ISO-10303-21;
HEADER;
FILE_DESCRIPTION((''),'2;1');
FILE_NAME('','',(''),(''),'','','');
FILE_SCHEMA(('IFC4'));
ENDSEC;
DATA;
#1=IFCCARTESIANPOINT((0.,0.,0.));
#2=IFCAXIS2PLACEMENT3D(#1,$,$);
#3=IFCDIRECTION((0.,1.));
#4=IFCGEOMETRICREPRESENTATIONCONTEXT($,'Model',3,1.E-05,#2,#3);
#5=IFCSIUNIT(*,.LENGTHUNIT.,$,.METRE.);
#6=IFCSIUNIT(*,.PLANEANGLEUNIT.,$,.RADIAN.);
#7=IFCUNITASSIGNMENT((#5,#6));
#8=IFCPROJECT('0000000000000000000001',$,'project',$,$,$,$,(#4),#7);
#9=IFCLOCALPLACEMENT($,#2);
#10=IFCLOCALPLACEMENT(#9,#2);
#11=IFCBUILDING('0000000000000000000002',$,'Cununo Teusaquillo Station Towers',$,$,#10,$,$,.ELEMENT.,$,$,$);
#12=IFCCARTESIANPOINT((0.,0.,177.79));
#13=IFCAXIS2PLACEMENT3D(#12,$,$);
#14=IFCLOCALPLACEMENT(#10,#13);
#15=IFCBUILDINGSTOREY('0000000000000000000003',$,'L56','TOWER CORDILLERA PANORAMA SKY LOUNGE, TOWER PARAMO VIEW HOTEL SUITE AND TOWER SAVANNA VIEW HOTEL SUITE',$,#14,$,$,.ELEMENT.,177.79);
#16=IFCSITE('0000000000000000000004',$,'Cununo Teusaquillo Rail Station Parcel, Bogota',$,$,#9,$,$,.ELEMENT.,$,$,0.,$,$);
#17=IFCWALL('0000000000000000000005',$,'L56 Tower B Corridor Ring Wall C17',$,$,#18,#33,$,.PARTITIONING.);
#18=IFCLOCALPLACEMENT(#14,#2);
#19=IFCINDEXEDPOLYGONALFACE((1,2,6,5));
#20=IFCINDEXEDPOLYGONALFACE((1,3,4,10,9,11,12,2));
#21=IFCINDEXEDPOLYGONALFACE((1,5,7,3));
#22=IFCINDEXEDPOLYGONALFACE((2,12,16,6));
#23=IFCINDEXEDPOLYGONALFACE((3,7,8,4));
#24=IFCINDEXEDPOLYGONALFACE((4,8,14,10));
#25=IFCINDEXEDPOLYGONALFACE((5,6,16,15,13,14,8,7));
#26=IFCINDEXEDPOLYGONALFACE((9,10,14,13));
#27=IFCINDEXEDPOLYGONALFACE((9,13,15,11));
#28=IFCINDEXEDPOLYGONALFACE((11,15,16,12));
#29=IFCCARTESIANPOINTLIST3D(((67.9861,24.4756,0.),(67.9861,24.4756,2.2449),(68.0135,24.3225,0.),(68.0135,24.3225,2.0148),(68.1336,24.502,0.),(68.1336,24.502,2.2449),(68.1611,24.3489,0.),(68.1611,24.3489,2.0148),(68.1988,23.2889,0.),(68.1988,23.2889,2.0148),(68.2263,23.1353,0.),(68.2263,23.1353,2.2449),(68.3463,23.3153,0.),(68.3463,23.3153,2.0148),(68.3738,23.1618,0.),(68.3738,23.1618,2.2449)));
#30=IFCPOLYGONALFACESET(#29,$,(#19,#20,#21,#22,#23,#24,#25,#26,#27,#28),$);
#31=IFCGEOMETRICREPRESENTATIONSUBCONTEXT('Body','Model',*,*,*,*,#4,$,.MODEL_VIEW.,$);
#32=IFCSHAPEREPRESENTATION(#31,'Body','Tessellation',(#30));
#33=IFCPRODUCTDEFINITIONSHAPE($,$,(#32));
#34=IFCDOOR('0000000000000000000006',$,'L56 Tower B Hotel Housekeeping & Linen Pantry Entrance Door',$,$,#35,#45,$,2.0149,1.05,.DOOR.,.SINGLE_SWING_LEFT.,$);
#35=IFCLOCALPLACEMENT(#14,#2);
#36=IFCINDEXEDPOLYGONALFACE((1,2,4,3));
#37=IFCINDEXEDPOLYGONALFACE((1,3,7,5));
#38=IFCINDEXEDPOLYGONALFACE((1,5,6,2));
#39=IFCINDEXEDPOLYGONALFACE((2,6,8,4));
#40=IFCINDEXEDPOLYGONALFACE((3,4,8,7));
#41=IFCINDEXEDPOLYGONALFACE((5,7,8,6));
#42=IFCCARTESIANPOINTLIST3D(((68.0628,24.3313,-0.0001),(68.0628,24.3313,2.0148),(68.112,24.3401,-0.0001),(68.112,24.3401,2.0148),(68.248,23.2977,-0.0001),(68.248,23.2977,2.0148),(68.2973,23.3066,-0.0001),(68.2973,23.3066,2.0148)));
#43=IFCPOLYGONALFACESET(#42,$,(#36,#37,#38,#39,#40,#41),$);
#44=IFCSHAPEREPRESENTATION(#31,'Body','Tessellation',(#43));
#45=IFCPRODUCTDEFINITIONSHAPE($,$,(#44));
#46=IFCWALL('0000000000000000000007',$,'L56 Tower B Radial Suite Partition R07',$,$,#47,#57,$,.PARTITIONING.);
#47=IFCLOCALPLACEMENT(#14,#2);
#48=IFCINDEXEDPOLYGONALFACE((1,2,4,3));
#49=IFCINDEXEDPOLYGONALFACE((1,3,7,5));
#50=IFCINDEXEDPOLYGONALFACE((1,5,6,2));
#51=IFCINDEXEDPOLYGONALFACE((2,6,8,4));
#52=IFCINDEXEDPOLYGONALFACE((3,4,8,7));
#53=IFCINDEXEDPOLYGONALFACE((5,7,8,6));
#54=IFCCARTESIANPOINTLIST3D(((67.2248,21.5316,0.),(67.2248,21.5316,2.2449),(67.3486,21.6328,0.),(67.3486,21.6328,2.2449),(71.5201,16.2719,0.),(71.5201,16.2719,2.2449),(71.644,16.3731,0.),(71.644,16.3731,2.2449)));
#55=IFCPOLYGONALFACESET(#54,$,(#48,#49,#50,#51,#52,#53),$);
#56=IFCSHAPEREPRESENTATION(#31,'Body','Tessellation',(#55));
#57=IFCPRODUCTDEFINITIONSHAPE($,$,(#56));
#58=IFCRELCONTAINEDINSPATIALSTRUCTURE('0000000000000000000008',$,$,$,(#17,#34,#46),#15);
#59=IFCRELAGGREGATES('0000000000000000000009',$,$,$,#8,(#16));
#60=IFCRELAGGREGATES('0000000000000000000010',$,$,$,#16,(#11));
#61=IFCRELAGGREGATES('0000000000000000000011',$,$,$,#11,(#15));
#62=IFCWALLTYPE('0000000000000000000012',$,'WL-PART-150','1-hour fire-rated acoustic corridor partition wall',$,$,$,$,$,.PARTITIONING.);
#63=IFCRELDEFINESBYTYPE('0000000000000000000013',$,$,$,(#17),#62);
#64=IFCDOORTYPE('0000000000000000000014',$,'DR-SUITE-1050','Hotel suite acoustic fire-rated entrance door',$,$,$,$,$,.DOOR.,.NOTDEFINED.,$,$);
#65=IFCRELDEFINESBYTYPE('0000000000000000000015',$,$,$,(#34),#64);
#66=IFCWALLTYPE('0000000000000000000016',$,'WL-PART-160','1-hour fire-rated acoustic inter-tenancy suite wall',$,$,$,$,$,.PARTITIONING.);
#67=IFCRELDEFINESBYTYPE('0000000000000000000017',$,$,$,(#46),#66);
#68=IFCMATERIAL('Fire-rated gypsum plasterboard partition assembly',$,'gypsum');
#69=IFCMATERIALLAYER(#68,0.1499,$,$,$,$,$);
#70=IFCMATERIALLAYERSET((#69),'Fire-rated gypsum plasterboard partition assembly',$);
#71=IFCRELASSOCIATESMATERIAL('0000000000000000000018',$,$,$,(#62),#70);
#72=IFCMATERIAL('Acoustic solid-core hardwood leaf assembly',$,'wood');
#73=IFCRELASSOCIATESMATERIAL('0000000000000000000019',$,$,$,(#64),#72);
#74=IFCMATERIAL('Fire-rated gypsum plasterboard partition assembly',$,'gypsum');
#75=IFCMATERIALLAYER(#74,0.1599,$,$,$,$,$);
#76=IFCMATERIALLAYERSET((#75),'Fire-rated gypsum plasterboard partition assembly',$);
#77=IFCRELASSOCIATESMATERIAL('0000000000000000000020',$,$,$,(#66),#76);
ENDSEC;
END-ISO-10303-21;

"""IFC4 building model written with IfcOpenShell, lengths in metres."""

from ifc_helpers import new_model, si_unit, direction, frame, frame_2d, origin, place, context, subcontext, project, spatial, rectangle, extrude, source, transform, mapped, material, layer, layer_set, type_object, element, fill, save


model = new_model("IFC4")

# Units and contexts
model_context = context("Model", 3, precision=1e-05, world=origin(), true_north=direction((0.0, 1.0)))
body_context = subcontext(model_context, "Body", "Model", "MODEL_VIEW")
ifc_project = project(units=[si_unit("LENGTHUNIT", "METRE"), si_unit("PLANEANGLEUNIT", "RADIAN")], contexts=[model_context])

# Site, building, storey
site_placement = place(None, origin())
site = spatial("IfcSite", under=ifc_project, at=site_placement, Name="Cununo Teusaquillo Rail Station Parcel, Bogota", CompositionType="ELEMENT", RefElevation=0.0)
building_placement = place(site_placement, origin())
building = spatial("IfcBuilding", under=site, at=building_placement, Name="Cununo Teusaquillo Station Towers", CompositionType="ELEMENT")
storey_placement = place(building_placement, frame((0.0, 0.0, 177.79)))
storey = spatial("IfcBuildingStorey", under=building, at=storey_placement, Name="L56", Description="TOWER CORDILLERA PANORAMA SKY LOUNGE, TOWER PARAMO VIEW HOTEL SUITE AND TOWER SAVANNA VIEW HOTEL SUITE", CompositionType="ELEMENT", Elevation=177.79)

# Shared definitions
ifc_material_1 = material(Name="Fire-rated gypsum plasterboard partition assembly", Category="gypsum")
ifc_layer_1 = layer(ifc_material_1, 0.1499)
ifc_layer_set_1 = layer_set([ifc_layer_1], Name="Fire-rated gypsum plasterboard partition assembly")
wall_type_1 = type_object("IfcWallType", Name="WL-PART-150", Description="1-hour fire-rated acoustic corridor partition wall", PredefinedType="PARTITIONING", material=ifc_layer_set_1)

# Wall, opening, door
wall_1_placement = place(storey_placement, frame((68.3, 23.1487, 0.0), z_axis=(0.0, 0.0, 1.0), x_axis=(-0.176424, 0.984314, 0.0)))
wall_1 = element("IfcWall", 1, at=wall_1_placement, inside=storey, type_object=wall_type_1, Name="L56 Tower B Corridor Ring Wall C17", PredefinedType="PARTITIONING", context=body_context, shape_type="SweptSolid", body=[
    extrude(rectangle(XDim=1.3616, YDim=0.1499, at=frame_2d((0.6807, 0.0))), origin(), (0.0, 0.0, 1.0), 2.2449),
])
shared_shape_1 = source(origin(), body_context, "Body", "SweptSolid", [
    extrude(rectangle(XDim=1.05, YDim=2.0149, at=frame_2d((0.5249, 1.0073))), frame((0.0, 0.085, 0.0), z_axis=(0.0, -1.0, 0.0), x_axis=(1.0, 0.0, 0.0)), (0.0, 0.0, 1.0), 0.1699),
])
opening_1_placement = place(wall_1_placement, frame((0.156, 0.0, 0.0)))
opening_1 = element("IfcOpeningElement", 2, at=opening_1_placement, cuts=wall_1, PredefinedType="OPENING", context=body_context, shape_type="MappedRepresentation", body=[
    mapped(shared_shape_1, transform((0.0, 0.0, 0.0), x_axis=(1.0, 0.0, 0.0), y_axis=(0.0, 1.0, 0.0), z_axis=(0.0, 0.0, 1.0), scale=1.0)),
])
ifc_material_2 = material(Name="Acoustic solid-core hardwood leaf assembly", Category="wood")
door_type_1 = type_object("IfcDoorType", Name="DR-SUITE-1050", Description="Hotel suite acoustic fire-rated entrance door", OperationType="NOTDEFINED", PredefinedType="DOOR", material=ifc_material_2)
shared_shape_2 = source(origin(), body_context, "Body", "SweptSolid", [
    extrude(rectangle(XDim=1.05, YDim=2.0149, at=frame_2d((0.5249, 1.0073))), frame((0.0, 0.0249, 0.0), z_axis=(0.0, -1.0, 0.0), x_axis=(1.0, 0.0, 0.0)), (0.0, 0.0, 1.0), 0.05),
])
door_1_placement = place(opening_1_placement, origin())
door_1 = element("IfcDoor", 3, at=door_1_placement, inside=storey, type_object=door_type_1, Name="L56 Tower B Hotel Housekeeping & Linen Pantry Entrance Door", OperationType="SINGLE_SWING_LEFT", OverallHeight=2.0149, OverallWidth=1.05, PredefinedType="DOOR", context=body_context, shape_type="MappedRepresentation", body=[
    mapped(shared_shape_2, transform((0.0, 0.0, 0.0), x_axis=(1.0, 0.0, 0.0), y_axis=(0.0, 1.0, 0.0), z_axis=(0.0, 0.0, 1.0), scale=1.0)),
])
fill(opening_1, door_1)

# Wall
ifc_material_3 = material(Name="Fire-rated gypsum plasterboard partition assembly", Category="gypsum")
ifc_layer_2 = layer(ifc_material_3, 0.1599)
ifc_layer_set_2 = layer_set([ifc_layer_2], Name="Fire-rated gypsum plasterboard partition assembly")
wall_type_2 = type_object("IfcWallType", Name="WL-PART-160", Description="1-hour fire-rated acoustic inter-tenancy suite wall", PredefinedType="PARTITIONING", material=ifc_layer_set_2)
wall_2_placement = place(storey_placement, frame((67.2866, 21.5823, 0.0), z_axis=(0.0, 0.0, 1.0), x_axis=(0.632529, -0.774537, 0.0)))
element("IfcWall", 4, at=wall_2_placement, inside=storey, type_object=wall_type_2, Name="L56 Tower B Radial Suite Partition R07", PredefinedType="PARTITIONING", context=body_context, shape_type="SweptSolid", body=[
    extrude(rectangle(XDim=6.7908, YDim=0.1599, at=frame_2d((3.3955, 0.0))), origin(), (0.0, 0.0, 1.0), 2.2449),
])

save(model, "model.ifc")
